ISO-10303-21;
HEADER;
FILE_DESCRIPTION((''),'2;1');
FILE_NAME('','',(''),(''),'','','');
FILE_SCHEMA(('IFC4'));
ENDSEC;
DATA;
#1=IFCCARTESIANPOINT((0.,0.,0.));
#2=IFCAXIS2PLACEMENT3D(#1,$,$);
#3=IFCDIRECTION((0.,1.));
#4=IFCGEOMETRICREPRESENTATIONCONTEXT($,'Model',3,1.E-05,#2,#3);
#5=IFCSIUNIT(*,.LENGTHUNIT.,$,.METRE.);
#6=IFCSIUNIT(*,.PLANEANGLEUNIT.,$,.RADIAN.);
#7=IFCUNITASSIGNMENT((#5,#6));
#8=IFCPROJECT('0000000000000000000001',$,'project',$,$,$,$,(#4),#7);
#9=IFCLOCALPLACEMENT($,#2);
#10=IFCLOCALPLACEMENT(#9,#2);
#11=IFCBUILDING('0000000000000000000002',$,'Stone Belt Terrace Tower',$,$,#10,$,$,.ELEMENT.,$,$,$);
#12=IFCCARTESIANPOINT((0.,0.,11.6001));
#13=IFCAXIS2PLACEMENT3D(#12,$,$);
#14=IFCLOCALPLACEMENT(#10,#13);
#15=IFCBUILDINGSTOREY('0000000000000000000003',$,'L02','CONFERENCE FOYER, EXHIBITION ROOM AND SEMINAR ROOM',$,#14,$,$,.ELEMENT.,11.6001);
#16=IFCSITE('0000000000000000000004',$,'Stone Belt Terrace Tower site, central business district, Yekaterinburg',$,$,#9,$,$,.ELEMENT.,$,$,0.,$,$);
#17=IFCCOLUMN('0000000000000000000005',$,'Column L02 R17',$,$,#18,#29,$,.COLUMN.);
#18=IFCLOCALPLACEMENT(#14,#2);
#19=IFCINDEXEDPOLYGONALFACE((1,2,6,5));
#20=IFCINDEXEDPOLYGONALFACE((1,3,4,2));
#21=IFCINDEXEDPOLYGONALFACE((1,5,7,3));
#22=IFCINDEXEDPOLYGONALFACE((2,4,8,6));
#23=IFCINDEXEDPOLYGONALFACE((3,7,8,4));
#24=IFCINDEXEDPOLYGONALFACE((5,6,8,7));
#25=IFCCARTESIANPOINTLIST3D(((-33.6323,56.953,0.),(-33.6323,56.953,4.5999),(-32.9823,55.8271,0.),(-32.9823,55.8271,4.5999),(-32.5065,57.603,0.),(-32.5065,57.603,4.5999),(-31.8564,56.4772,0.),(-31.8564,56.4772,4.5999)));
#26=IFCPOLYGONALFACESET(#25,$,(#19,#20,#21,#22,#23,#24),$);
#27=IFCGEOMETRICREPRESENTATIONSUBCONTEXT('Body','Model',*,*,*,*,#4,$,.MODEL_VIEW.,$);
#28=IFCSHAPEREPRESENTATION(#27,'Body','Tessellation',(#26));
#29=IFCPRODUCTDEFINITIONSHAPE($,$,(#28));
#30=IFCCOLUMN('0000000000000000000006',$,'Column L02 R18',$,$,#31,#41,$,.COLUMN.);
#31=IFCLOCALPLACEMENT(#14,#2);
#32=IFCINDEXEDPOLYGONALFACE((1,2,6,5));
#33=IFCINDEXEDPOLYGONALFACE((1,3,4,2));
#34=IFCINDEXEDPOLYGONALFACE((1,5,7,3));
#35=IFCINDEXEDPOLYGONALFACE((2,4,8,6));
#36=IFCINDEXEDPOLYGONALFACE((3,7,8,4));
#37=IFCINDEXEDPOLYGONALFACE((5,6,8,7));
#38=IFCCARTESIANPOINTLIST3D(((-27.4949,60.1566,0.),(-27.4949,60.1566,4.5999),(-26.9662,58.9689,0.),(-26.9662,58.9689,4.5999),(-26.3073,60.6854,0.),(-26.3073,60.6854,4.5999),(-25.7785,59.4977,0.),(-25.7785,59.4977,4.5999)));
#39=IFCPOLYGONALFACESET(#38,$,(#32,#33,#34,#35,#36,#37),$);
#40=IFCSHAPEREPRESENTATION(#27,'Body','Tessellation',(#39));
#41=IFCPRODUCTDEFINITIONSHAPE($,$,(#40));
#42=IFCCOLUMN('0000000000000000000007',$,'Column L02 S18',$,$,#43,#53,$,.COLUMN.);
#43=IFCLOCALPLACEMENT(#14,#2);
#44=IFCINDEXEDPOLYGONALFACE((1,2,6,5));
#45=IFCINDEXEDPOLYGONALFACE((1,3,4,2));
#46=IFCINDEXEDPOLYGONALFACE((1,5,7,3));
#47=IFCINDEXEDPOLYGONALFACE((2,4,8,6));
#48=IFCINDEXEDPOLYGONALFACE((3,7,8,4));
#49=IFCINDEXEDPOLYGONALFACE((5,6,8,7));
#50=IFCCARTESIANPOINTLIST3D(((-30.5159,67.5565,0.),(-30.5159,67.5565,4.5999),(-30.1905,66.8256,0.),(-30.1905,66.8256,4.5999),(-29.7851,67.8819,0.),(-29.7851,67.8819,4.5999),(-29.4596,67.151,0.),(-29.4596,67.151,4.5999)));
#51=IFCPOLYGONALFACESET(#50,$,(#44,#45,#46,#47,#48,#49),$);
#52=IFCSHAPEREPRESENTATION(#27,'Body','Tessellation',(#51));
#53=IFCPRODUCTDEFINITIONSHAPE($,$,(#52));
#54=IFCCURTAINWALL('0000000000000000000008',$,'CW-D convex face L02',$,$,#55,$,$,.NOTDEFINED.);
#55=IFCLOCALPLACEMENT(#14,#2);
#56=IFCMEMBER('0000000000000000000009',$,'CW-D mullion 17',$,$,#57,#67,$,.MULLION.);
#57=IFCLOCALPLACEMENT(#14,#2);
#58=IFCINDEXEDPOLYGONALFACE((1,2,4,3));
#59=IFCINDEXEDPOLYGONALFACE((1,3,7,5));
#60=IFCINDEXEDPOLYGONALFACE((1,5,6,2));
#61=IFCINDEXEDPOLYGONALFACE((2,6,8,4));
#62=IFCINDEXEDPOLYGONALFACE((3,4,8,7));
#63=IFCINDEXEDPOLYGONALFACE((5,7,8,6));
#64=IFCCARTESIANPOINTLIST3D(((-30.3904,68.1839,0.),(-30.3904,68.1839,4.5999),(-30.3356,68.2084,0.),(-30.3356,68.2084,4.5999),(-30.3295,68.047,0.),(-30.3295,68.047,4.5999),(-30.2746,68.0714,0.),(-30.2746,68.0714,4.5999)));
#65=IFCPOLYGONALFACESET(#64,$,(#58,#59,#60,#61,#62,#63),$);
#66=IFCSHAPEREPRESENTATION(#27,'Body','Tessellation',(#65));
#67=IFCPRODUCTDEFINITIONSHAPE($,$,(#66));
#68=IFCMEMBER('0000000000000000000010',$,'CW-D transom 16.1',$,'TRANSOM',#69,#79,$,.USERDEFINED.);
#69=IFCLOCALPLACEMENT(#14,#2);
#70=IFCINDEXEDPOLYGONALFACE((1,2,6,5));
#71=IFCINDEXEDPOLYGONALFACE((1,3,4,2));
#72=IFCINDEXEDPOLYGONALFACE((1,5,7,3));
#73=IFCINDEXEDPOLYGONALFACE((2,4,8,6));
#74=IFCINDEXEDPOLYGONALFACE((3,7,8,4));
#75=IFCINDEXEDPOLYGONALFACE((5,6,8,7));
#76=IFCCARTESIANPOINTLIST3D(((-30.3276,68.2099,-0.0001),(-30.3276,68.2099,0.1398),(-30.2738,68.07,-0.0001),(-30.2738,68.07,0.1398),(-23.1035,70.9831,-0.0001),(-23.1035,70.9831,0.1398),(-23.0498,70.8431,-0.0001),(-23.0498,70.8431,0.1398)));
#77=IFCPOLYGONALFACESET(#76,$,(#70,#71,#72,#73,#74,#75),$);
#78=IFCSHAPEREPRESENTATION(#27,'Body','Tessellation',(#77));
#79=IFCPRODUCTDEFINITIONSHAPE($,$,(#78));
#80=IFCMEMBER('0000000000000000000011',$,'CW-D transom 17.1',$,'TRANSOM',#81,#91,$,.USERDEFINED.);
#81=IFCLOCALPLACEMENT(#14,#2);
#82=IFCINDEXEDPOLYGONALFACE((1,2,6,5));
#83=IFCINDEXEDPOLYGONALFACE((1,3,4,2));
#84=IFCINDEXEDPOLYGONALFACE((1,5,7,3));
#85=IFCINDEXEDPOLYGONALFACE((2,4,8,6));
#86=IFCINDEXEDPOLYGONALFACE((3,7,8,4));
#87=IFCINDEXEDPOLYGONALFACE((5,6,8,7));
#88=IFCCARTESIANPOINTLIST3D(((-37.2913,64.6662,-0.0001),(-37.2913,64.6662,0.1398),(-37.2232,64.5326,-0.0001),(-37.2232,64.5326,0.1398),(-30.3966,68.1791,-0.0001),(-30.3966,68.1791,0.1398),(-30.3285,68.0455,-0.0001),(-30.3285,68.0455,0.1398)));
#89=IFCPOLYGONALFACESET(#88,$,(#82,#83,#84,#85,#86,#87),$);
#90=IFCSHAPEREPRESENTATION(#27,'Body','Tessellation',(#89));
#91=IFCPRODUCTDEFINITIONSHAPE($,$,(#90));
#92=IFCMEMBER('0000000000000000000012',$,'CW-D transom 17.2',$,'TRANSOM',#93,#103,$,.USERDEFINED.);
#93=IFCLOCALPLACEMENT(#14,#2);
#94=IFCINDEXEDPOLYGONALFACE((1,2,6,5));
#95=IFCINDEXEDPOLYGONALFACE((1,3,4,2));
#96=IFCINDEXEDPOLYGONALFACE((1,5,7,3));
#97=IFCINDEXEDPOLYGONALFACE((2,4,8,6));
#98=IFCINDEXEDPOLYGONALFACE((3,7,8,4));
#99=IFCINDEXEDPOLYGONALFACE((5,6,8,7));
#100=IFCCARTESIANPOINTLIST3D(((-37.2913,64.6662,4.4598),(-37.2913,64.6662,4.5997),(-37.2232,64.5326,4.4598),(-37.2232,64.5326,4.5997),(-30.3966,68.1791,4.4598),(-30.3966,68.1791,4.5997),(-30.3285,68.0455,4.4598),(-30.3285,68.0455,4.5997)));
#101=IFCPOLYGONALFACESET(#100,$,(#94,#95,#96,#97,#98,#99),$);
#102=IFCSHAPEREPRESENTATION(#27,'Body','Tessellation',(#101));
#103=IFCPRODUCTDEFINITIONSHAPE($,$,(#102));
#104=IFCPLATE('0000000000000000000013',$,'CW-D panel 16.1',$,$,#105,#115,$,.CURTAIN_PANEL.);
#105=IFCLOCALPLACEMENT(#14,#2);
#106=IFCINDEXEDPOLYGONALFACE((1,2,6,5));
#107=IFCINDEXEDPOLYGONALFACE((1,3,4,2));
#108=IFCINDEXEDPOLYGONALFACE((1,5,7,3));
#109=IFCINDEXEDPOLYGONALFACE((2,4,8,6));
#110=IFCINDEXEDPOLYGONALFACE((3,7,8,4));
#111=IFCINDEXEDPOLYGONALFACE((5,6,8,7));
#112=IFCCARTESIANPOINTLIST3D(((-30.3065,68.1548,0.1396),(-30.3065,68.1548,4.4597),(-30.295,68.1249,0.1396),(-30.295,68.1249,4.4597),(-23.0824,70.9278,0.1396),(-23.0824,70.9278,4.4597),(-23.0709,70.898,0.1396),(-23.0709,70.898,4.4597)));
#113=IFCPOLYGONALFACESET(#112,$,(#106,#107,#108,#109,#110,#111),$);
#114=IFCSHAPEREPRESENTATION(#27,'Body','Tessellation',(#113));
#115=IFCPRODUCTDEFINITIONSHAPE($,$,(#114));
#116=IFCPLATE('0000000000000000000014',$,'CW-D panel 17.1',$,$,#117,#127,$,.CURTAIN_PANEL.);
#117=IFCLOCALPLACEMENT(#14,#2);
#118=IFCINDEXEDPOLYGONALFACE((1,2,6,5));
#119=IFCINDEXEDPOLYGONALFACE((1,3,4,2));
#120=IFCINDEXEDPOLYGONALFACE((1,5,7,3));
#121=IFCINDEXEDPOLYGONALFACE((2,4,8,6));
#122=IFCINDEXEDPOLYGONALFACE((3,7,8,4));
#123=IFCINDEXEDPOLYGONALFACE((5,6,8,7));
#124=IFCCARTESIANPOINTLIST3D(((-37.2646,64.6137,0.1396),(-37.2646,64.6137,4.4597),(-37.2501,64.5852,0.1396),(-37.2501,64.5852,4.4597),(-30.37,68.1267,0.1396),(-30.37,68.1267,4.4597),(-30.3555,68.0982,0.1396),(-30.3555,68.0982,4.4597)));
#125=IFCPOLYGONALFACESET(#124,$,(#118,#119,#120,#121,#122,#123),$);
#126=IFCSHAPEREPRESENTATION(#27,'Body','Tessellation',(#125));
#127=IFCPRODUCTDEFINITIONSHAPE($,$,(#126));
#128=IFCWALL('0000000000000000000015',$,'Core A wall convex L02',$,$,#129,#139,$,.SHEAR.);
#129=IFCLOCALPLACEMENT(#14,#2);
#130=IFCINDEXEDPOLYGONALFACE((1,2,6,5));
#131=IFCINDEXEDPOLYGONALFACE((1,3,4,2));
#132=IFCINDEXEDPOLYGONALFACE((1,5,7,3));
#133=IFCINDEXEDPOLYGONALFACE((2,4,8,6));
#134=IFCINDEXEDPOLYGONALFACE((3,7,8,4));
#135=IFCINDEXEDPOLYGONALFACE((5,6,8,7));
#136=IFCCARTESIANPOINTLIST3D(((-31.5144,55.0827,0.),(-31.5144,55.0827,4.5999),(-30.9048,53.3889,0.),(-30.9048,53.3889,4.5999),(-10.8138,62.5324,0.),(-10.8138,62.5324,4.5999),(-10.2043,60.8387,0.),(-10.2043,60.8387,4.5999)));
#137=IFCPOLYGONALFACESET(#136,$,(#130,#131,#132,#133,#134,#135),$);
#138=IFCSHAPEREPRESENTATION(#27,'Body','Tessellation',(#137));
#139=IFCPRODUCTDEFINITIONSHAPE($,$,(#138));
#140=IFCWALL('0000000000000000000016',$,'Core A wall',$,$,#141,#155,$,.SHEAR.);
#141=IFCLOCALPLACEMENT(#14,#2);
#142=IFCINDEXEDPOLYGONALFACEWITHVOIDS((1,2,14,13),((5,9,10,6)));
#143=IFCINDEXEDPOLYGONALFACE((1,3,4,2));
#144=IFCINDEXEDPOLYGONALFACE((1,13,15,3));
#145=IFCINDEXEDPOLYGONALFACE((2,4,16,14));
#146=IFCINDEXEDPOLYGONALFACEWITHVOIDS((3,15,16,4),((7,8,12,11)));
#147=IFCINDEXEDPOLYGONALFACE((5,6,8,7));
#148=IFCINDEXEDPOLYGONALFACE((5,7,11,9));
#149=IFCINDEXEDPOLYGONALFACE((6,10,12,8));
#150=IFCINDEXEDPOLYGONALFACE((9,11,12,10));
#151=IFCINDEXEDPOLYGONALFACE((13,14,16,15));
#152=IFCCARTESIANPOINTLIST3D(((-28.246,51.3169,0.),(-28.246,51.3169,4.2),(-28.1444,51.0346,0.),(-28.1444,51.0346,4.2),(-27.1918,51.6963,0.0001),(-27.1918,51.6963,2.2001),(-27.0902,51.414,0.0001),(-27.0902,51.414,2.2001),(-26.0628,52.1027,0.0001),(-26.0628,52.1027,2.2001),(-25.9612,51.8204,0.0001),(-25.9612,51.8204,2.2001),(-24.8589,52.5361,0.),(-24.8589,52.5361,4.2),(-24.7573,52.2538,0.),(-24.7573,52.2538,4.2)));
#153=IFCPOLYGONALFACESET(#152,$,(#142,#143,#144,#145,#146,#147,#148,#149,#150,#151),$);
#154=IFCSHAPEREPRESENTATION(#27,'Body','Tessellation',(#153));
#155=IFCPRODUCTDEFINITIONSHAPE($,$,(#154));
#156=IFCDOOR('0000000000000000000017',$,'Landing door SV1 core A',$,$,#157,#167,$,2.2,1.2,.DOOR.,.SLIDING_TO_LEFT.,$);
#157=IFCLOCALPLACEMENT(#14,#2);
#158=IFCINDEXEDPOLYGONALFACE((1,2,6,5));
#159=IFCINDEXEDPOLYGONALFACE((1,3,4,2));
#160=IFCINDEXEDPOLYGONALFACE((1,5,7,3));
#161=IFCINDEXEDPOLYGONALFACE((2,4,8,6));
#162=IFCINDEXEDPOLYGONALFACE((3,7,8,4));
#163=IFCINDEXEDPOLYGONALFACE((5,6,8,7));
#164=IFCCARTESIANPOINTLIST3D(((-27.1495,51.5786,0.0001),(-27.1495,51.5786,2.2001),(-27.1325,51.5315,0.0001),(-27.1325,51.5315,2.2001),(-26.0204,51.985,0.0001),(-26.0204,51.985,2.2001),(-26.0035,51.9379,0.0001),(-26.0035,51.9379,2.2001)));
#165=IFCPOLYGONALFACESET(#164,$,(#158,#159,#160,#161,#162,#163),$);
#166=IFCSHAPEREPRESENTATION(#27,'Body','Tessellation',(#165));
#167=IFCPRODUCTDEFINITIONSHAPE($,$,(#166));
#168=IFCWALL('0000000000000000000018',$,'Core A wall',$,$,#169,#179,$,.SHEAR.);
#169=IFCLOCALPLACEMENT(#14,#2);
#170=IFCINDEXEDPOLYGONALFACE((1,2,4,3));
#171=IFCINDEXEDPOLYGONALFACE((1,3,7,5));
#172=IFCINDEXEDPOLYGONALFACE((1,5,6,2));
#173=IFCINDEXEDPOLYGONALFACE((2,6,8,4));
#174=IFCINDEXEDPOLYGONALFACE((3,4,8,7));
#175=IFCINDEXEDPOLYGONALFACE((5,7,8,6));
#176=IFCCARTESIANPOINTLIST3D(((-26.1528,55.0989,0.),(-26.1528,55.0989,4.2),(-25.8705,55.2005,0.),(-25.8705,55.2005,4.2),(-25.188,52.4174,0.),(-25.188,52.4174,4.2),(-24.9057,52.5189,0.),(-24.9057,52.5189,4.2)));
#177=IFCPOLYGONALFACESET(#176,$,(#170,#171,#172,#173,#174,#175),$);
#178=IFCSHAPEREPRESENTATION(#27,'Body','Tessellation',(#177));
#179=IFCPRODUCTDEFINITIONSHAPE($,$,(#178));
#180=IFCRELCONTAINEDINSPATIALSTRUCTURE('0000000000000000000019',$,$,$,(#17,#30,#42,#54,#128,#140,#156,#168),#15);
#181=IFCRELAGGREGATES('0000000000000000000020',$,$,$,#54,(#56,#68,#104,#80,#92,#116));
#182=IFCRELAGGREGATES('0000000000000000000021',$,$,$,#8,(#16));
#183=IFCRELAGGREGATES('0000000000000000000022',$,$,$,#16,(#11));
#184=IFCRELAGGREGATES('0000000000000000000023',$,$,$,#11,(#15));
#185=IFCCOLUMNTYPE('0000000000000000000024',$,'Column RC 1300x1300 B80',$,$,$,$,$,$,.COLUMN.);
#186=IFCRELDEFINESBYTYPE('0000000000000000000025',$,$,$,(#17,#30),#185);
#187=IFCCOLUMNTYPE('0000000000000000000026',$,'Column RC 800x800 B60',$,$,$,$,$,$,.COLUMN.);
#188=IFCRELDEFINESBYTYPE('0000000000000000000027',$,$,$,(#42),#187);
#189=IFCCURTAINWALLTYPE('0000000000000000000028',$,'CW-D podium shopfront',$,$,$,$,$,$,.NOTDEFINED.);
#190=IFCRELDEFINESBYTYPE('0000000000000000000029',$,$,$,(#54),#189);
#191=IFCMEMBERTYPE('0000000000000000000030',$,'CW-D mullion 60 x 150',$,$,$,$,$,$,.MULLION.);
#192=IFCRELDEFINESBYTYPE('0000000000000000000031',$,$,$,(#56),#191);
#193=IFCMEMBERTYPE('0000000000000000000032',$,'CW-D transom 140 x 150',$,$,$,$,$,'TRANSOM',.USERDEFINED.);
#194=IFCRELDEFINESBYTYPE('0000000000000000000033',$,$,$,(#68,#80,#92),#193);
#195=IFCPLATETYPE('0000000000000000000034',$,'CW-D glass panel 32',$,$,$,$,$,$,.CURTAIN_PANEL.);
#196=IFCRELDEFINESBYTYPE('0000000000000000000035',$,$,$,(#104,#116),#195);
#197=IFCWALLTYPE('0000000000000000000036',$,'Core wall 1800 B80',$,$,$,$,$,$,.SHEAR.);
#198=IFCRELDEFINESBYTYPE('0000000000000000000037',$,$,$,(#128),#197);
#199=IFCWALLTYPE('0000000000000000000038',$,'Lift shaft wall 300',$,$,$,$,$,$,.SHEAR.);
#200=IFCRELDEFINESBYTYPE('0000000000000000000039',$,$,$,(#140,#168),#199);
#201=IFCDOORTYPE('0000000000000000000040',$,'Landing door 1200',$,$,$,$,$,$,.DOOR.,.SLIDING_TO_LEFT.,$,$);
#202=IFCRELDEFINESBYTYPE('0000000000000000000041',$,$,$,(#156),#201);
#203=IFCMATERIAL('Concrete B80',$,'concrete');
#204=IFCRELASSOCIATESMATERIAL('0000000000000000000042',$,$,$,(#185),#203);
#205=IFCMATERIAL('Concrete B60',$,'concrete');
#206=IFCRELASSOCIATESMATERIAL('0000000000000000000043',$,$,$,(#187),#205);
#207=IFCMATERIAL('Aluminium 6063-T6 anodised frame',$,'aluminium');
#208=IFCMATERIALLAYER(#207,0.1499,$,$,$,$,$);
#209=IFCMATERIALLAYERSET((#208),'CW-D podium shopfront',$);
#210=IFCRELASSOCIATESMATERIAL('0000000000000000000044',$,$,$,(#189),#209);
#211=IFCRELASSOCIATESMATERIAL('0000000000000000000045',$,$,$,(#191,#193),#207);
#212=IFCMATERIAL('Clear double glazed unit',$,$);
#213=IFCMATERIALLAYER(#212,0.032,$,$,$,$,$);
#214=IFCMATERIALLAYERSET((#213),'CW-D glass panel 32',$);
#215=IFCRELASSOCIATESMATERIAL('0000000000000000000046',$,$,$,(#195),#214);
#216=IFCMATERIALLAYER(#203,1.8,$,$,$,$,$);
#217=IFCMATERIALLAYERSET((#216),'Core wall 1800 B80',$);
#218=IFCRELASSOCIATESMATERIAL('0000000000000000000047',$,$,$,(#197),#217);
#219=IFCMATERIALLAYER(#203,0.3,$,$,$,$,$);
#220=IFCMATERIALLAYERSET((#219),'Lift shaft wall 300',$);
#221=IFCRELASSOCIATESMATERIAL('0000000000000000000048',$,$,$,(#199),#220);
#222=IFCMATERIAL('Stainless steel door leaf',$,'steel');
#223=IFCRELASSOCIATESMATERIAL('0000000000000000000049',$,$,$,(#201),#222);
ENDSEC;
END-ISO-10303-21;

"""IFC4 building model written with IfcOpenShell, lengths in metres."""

from ifc_helpers import new_model, si_unit, direction, frame, frame_2d, origin, origin_2d, place, context, subcontext, project, spatial, rectangle, extrude, material, layer, layer_set, material_profile, profile_set, type_object, element, fill, aggregate, save


model = new_model("IFC4")

# Units and contexts
model_context = context("Model", 3, precision=1e-05, world=origin(), true_north=direction((0.0, 1.0)))
body_context = subcontext(model_context, "Body", "Model", "MODEL_VIEW")
ifc_project = project(units=[si_unit("LENGTHUNIT", "METRE"), si_unit("PLANEANGLEUNIT", "RADIAN")], contexts=[model_context])

# Site, building, storey
site_placement = place(None, origin())
site = spatial("IfcSite", under=ifc_project, at=site_placement, Name="Stone Belt Terrace Tower site, central business district, Yekaterinburg", CompositionType="ELEMENT", RefElevation=0.0)
building_placement = place(site_placement, origin())
building = spatial("IfcBuilding", under=site, at=building_placement, Name="Stone Belt Terrace Tower", CompositionType="ELEMENT")
storey_placement = place(building_placement, frame((0.0, 0.0, 11.6001)))
storey = spatial("IfcBuildingStorey", under=building, at=storey_placement, Name="L02", Description="CONFERENCE FOYER, EXHIBITION ROOM AND SEMINAR ROOM", CompositionType="ELEMENT", Elevation=11.6001)

# Columns
ifc_material_1 = material(Name="Concrete B80", Category="concrete")
ifc_material_profile_1 = material_profile(ifc_material_1, rectangle(XDim=1.3, YDim=1.3, at=origin_2d()), Name="RC 1300x1300")
ifc_profile_set_1 = profile_set([ifc_material_profile_1], Name="Concrete B80")
column_type_1 = type_object("IfcColumnType", Name="Column RC 1300x1300 B80", PredefinedType="COLUMN", material=ifc_profile_set_1)
for number, where, z_axis, x_axis, name in (
    (1, (-32.7444, 56.7151, 0.0), (0.0, 0.0, 1.0), (0.866025, 0.5, 0.0), "Column L02 R17"),
    (2, (-26.6367, 59.8271, 0.0), (0.0, 0.0, 1.0), (0.913545, 0.406737, 0.0), "Column L02 R18"),
):
    element("IfcColumn", number, at=place(storey_placement, frame(where, z_axis=z_axis, x_axis=x_axis)), inside=storey, type_object=column_type_1, Name=name, PredefinedType="COLUMN", context=body_context, shape_type="SweptSolid", body=[
        extrude(rectangle(XDim=1.3, YDim=1.3, at=origin_2d()), origin(), (0.0, 0.0, 1.0), 4.5999),
    ])
ifc_material_2 = material(Name="Concrete B60", Category="concrete")
ifc_material_profile_2 = material_profile(ifc_material_2, rectangle(XDim=0.8, YDim=0.8, at=origin_2d()), Name="RC 800x800")
ifc_profile_set_2 = profile_set([ifc_material_profile_2], Name="Concrete B60")
column_type_2 = type_object("IfcColumnType", Name="Column RC 800x800 B60", PredefinedType="COLUMN", material=ifc_profile_set_2)
column_placement = place(storey_placement, frame((-29.9878, 67.3538, 0.0), z_axis=(0.0, 0.0, 1.0), x_axis=(0.913545, 0.406737, 0.0)))
element("IfcColumn", 3, at=column_placement, inside=storey, type_object=column_type_2, Name="Column L02 S18", PredefinedType="COLUMN", context=body_context, shape_type="SweptSolid", body=[
    extrude(rectangle(XDim=0.8, YDim=0.8, at=origin_2d()), origin(), (0.0, 0.0, 1.0), 4.5999),
])

# Curtain wall, members, plates
ifc_material_3 = material(Name="Aluminium 6063-T6 anodised frame", Category="aluminium")
ifc_layer_1 = layer(ifc_material_3, 0.1499)
ifc_layer_set_1 = layer_set([ifc_layer_1], Name="CW-D podium shopfront")
curtain_wall_type = type_object("IfcCurtainWallType", Name="CW-D podium shopfront", PredefinedType="NOTDEFINED", material=ifc_layer_set_1)
curtain_wall_placement = place(storey_placement, origin())
curtain_wall = element("IfcCurtainWall", 4, at=curtain_wall_placement, inside=storey, type_object=curtain_wall_type, Name="CW-D convex face L02", PredefinedType="NOTDEFINED")
ifc_material_profile_3 = material_profile(ifc_material_3, rectangle(XDim=0.1499, YDim=0.0601, at=origin_2d()), Name="Aluminium 6063-T6 60x150")
ifc_profile_set_3 = profile_set([ifc_material_profile_3], Name="Aluminium 6063-T6 anodised frame")
member_type_1 = type_object("IfcMemberType", Name="CW-D mullion 60 x 150", PredefinedType="MULLION", material=ifc_profile_set_3)
member_1_placement = place(storey_placement, frame((-30.3325, 68.1277, 0.0), z_axis=(0.0, 0.0, 1.0), x_axis=(0.406737, -0.913545, 0.0)))
member_1 = element("IfcMember", 5, at=member_1_placement, type_object=member_type_1, Name="CW-D mullion 17", PredefinedType="MULLION", context=body_context, shape_type="SweptSolid", body=[
    extrude(rectangle(XDim=0.1499, YDim=0.0601, at=origin_2d()), origin(), (0.0, 0.0, 1.0), 4.5999),
])
ifc_material_profile_4 = material_profile(ifc_material_3, rectangle(XDim=0.1499, YDim=0.1399, at=origin_2d()), Name="Aluminium 6063-T6 150x140")
ifc_profile_set_4 = profile_set([ifc_material_profile_4], Name="Aluminium 6063-T6 anodised frame")
member_type_2 = type_object("IfcMemberType", Name="CW-D transom 140 x 150", ElementType="TRANSOM", PredefinedType="USERDEFINED", material=ifc_profile_set_4)
member_2_placement = place(storey_placement, frame((-23.0767, 70.9131, 0.0698), z_axis=(-0.933576, -0.358381, 0.0), x_axis=(0.358381, -0.933576, 0.0)))
member_2 = element("IfcMember", 6, at=member_2_placement, type_object=member_type_2, Name="CW-D transom 16.1", ObjectType="TRANSOM", PredefinedType="USERDEFINED", context=body_context, shape_type="SweptSolid", body=[
    extrude(rectangle(XDim=0.1499, YDim=0.1399, at=origin_2d()), origin(), (0.0, 0.0, 1.0), 7.738),
])
member_3_placement = place(storey_placement, frame((-30.3625, 68.1123, 0.0698), z_axis=(-0.891013, -0.453978, 0.0), x_axis=(0.453978, -0.891013, 0.0)))
member_3 = element("IfcMember", 7, at=member_3_placement, type_object=member_type_2, Name="CW-D transom 17.1", ObjectType="TRANSOM", PredefinedType="USERDEFINED", context=body_context, shape_type="SweptSolid", body=[
    extrude(rectangle(XDim=0.1499, YDim=0.1399, at=origin_2d()), origin(), (0.0, 0.0, 1.0), 7.738),
])
member_4_placement = place(storey_placement, frame((-30.3625, 68.1123, 4.5298), z_axis=(-0.891013, -0.453978, 0.0), x_axis=(0.453978, -0.891013, 0.0)))
member_4 = element("IfcMember", 8, at=member_4_placement, type_object=member_type_2, Name="CW-D transom 17.2", ObjectType="TRANSOM", PredefinedType="USERDEFINED", context=body_context, shape_type="SweptSolid", body=[
    extrude(rectangle(XDim=0.1499, YDim=0.1399, at=origin_2d()), origin(), (0.0, 0.0, 1.0), 7.738),
])
ifc_material_4 = material(Name="Clear double glazed unit")
ifc_layer_2 = layer(ifc_material_4, 0.032)
ifc_layer_set_2 = layer_set([ifc_layer_2], Name="CW-D glass panel 32")
plate_type = type_object("IfcPlateType", Name="CW-D glass panel 32", PredefinedType="CURTAIN_PANEL", material=ifc_layer_set_2)
plate_1_placement = place(storey_placement, frame((-26.6887, 69.5264, 0.1396), z_axis=(0.0, 0.0, 1.0), x_axis=(-0.93358, -0.358368, 0.0)))
plate_1 = element("IfcPlate", 9, at=plate_1_placement, type_object=plate_type, Name="CW-D panel 16.1", PredefinedType="CURTAIN_PANEL", context=body_context, shape_type="SweptSolid", body=[
    extrude(rectangle(XDim=7.738, YDim=0.032, at=origin_2d()), origin(), (0.0, 0.0, 1.0), 4.3201),
])
plate_2_placement = place(storey_placement, frame((-33.8101, 66.356, 0.1396), z_axis=(0.0, 0.0, 1.0), x_axis=(-0.891007, -0.45399, 0.0)))
plate_2 = element("IfcPlate", 10, at=plate_2_placement, type_object=plate_type, Name="CW-D panel 17.1", PredefinedType="CURTAIN_PANEL", context=body_context, shape_type="SweptSolid", body=[
    extrude(rectangle(XDim=7.738, YDim=0.032, at=origin_2d()), origin(), (0.0, 0.0, 1.0), 4.3201),
])
aggregate(curtain_wall, [member_1, member_2, plate_1, member_3, member_4, plate_2])

# Wall
ifc_layer_3 = layer(ifc_material_1, 1.8)
ifc_layer_set_3 = layer_set([ifc_layer_3], Name="Core wall 1800 B80")
wall_type_1 = type_object("IfcWallType", Name="Core wall 1800 B80", PredefinedType="SHEAR", material=ifc_layer_set_3)
wall_1_placement = place(storey_placement, frame((-31.2095, 54.2358, 0.0), z_axis=(0.0, 0.0, 1.0), x_axis=(0.940923, 0.338621, 0.0)))
element("IfcWall", 11, at=wall_1_placement, inside=storey, type_object=wall_type_1, Name="Core A wall convex L02", PredefinedType="SHEAR", context=body_context, shape_type="SweptSolid", body=[
    extrude(rectangle(XDim=22.0002, YDim=1.8, at=frame_2d((11.0, 0.0))), origin(), (0.0, 0.0, 1.0), 4.5999),
])

# Wall, opening, door
ifc_layer_4 = layer(ifc_material_1, 0.3)
ifc_layer_set_4 = layer_set([ifc_layer_4], Name="Lift shaft wall 300")
wall_type_2 = type_object("IfcWallType", Name="Lift shaft wall 300", PredefinedType="SHEAR", material=ifc_layer_set_4)
wall_2_placement = place(storey_placement, frame((-28.1951, 51.1758, 0.0), z_axis=(0.0, 0.0, 1.0), x_axis=(0.940901, 0.338681, 0.0)))
wall_2 = element("IfcWall", 12, at=wall_2_placement, inside=storey, type_object=wall_type_2, Name="Core A wall", PredefinedType="SHEAR", context=body_context, shape_type="SweptSolid", body=[
    extrude(rectangle(XDim=3.5999, YDim=0.3, at=frame_2d((1.7998, 0.0))), origin(), (0.0, 0.0, 1.0), 4.2),
])
opening_1_placement = place(wall_2_placement, frame((1.1201, 0.0, 0.0)))
opening_1 = element("IfcOpeningElement", 13, at=opening_1_placement, cuts=wall_2, PredefinedType="OPENING", context=body_context, shape_type="SweptSolid", body=[
    extrude(rectangle(XDim=1.2, YDim=2.2, at=frame_2d((0.6001, 1.1001))), frame((0.0, 0.1599, 0.0), z_axis=(0.0, -1.0, 0.0), x_axis=(1.0, 0.0, 0.0)), (0.0, 0.0, 1.0), 0.3201),
])
ifc_material_5 = material(Name="Stainless steel door leaf", Category="steel")
door_type_1 = type_object("IfcDoorType", Name="Landing door 1200", OperationType="SLIDING_TO_LEFT", PredefinedType="DOOR", material=ifc_material_5)
door_1_placement = place(opening_1_placement, origin())
door_1 = element("IfcDoor", 14, at=door_1_placement, inside=storey, type_object=door_type_1, Name="Landing door SV1 core A", OperationType="SLIDING_TO_LEFT", OverallHeight=2.2, OverallWidth=1.2, PredefinedType="DOOR", context=body_context, shape_type="SweptSolid", body=[
    extrude(rectangle(XDim=1.2, YDim=2.2, at=frame_2d((0.6001, 1.1001))), frame((0.0, 0.0249, 0.0), z_axis=(0.0, -1.0, 0.0), x_axis=(1.0, 0.0, 0.0)), (0.0, 0.0, 1.0), 0.05),
])
fill(opening_1, door_1)

# Wall
wall_3_placement = place(storey_placement, frame((-25.0469, 52.4683, 0.0), z_axis=(0.0, 0.0, 1.0), x_axis=(-0.33855, 0.940949, 0.0)))
element("IfcWall", 15, at=wall_3_placement, inside=storey, type_object=wall_type_2, Name="Core A wall", PredefinedType="SHEAR", context=body_context, shape_type="SweptSolid", body=[
    extrude(rectangle(XDim=2.8499, YDim=0.3, at=frame_2d((1.4248, 0.0))), origin(), (0.0, 0.0, 1.0), 4.2),
])

save(model, "model.ifc")
